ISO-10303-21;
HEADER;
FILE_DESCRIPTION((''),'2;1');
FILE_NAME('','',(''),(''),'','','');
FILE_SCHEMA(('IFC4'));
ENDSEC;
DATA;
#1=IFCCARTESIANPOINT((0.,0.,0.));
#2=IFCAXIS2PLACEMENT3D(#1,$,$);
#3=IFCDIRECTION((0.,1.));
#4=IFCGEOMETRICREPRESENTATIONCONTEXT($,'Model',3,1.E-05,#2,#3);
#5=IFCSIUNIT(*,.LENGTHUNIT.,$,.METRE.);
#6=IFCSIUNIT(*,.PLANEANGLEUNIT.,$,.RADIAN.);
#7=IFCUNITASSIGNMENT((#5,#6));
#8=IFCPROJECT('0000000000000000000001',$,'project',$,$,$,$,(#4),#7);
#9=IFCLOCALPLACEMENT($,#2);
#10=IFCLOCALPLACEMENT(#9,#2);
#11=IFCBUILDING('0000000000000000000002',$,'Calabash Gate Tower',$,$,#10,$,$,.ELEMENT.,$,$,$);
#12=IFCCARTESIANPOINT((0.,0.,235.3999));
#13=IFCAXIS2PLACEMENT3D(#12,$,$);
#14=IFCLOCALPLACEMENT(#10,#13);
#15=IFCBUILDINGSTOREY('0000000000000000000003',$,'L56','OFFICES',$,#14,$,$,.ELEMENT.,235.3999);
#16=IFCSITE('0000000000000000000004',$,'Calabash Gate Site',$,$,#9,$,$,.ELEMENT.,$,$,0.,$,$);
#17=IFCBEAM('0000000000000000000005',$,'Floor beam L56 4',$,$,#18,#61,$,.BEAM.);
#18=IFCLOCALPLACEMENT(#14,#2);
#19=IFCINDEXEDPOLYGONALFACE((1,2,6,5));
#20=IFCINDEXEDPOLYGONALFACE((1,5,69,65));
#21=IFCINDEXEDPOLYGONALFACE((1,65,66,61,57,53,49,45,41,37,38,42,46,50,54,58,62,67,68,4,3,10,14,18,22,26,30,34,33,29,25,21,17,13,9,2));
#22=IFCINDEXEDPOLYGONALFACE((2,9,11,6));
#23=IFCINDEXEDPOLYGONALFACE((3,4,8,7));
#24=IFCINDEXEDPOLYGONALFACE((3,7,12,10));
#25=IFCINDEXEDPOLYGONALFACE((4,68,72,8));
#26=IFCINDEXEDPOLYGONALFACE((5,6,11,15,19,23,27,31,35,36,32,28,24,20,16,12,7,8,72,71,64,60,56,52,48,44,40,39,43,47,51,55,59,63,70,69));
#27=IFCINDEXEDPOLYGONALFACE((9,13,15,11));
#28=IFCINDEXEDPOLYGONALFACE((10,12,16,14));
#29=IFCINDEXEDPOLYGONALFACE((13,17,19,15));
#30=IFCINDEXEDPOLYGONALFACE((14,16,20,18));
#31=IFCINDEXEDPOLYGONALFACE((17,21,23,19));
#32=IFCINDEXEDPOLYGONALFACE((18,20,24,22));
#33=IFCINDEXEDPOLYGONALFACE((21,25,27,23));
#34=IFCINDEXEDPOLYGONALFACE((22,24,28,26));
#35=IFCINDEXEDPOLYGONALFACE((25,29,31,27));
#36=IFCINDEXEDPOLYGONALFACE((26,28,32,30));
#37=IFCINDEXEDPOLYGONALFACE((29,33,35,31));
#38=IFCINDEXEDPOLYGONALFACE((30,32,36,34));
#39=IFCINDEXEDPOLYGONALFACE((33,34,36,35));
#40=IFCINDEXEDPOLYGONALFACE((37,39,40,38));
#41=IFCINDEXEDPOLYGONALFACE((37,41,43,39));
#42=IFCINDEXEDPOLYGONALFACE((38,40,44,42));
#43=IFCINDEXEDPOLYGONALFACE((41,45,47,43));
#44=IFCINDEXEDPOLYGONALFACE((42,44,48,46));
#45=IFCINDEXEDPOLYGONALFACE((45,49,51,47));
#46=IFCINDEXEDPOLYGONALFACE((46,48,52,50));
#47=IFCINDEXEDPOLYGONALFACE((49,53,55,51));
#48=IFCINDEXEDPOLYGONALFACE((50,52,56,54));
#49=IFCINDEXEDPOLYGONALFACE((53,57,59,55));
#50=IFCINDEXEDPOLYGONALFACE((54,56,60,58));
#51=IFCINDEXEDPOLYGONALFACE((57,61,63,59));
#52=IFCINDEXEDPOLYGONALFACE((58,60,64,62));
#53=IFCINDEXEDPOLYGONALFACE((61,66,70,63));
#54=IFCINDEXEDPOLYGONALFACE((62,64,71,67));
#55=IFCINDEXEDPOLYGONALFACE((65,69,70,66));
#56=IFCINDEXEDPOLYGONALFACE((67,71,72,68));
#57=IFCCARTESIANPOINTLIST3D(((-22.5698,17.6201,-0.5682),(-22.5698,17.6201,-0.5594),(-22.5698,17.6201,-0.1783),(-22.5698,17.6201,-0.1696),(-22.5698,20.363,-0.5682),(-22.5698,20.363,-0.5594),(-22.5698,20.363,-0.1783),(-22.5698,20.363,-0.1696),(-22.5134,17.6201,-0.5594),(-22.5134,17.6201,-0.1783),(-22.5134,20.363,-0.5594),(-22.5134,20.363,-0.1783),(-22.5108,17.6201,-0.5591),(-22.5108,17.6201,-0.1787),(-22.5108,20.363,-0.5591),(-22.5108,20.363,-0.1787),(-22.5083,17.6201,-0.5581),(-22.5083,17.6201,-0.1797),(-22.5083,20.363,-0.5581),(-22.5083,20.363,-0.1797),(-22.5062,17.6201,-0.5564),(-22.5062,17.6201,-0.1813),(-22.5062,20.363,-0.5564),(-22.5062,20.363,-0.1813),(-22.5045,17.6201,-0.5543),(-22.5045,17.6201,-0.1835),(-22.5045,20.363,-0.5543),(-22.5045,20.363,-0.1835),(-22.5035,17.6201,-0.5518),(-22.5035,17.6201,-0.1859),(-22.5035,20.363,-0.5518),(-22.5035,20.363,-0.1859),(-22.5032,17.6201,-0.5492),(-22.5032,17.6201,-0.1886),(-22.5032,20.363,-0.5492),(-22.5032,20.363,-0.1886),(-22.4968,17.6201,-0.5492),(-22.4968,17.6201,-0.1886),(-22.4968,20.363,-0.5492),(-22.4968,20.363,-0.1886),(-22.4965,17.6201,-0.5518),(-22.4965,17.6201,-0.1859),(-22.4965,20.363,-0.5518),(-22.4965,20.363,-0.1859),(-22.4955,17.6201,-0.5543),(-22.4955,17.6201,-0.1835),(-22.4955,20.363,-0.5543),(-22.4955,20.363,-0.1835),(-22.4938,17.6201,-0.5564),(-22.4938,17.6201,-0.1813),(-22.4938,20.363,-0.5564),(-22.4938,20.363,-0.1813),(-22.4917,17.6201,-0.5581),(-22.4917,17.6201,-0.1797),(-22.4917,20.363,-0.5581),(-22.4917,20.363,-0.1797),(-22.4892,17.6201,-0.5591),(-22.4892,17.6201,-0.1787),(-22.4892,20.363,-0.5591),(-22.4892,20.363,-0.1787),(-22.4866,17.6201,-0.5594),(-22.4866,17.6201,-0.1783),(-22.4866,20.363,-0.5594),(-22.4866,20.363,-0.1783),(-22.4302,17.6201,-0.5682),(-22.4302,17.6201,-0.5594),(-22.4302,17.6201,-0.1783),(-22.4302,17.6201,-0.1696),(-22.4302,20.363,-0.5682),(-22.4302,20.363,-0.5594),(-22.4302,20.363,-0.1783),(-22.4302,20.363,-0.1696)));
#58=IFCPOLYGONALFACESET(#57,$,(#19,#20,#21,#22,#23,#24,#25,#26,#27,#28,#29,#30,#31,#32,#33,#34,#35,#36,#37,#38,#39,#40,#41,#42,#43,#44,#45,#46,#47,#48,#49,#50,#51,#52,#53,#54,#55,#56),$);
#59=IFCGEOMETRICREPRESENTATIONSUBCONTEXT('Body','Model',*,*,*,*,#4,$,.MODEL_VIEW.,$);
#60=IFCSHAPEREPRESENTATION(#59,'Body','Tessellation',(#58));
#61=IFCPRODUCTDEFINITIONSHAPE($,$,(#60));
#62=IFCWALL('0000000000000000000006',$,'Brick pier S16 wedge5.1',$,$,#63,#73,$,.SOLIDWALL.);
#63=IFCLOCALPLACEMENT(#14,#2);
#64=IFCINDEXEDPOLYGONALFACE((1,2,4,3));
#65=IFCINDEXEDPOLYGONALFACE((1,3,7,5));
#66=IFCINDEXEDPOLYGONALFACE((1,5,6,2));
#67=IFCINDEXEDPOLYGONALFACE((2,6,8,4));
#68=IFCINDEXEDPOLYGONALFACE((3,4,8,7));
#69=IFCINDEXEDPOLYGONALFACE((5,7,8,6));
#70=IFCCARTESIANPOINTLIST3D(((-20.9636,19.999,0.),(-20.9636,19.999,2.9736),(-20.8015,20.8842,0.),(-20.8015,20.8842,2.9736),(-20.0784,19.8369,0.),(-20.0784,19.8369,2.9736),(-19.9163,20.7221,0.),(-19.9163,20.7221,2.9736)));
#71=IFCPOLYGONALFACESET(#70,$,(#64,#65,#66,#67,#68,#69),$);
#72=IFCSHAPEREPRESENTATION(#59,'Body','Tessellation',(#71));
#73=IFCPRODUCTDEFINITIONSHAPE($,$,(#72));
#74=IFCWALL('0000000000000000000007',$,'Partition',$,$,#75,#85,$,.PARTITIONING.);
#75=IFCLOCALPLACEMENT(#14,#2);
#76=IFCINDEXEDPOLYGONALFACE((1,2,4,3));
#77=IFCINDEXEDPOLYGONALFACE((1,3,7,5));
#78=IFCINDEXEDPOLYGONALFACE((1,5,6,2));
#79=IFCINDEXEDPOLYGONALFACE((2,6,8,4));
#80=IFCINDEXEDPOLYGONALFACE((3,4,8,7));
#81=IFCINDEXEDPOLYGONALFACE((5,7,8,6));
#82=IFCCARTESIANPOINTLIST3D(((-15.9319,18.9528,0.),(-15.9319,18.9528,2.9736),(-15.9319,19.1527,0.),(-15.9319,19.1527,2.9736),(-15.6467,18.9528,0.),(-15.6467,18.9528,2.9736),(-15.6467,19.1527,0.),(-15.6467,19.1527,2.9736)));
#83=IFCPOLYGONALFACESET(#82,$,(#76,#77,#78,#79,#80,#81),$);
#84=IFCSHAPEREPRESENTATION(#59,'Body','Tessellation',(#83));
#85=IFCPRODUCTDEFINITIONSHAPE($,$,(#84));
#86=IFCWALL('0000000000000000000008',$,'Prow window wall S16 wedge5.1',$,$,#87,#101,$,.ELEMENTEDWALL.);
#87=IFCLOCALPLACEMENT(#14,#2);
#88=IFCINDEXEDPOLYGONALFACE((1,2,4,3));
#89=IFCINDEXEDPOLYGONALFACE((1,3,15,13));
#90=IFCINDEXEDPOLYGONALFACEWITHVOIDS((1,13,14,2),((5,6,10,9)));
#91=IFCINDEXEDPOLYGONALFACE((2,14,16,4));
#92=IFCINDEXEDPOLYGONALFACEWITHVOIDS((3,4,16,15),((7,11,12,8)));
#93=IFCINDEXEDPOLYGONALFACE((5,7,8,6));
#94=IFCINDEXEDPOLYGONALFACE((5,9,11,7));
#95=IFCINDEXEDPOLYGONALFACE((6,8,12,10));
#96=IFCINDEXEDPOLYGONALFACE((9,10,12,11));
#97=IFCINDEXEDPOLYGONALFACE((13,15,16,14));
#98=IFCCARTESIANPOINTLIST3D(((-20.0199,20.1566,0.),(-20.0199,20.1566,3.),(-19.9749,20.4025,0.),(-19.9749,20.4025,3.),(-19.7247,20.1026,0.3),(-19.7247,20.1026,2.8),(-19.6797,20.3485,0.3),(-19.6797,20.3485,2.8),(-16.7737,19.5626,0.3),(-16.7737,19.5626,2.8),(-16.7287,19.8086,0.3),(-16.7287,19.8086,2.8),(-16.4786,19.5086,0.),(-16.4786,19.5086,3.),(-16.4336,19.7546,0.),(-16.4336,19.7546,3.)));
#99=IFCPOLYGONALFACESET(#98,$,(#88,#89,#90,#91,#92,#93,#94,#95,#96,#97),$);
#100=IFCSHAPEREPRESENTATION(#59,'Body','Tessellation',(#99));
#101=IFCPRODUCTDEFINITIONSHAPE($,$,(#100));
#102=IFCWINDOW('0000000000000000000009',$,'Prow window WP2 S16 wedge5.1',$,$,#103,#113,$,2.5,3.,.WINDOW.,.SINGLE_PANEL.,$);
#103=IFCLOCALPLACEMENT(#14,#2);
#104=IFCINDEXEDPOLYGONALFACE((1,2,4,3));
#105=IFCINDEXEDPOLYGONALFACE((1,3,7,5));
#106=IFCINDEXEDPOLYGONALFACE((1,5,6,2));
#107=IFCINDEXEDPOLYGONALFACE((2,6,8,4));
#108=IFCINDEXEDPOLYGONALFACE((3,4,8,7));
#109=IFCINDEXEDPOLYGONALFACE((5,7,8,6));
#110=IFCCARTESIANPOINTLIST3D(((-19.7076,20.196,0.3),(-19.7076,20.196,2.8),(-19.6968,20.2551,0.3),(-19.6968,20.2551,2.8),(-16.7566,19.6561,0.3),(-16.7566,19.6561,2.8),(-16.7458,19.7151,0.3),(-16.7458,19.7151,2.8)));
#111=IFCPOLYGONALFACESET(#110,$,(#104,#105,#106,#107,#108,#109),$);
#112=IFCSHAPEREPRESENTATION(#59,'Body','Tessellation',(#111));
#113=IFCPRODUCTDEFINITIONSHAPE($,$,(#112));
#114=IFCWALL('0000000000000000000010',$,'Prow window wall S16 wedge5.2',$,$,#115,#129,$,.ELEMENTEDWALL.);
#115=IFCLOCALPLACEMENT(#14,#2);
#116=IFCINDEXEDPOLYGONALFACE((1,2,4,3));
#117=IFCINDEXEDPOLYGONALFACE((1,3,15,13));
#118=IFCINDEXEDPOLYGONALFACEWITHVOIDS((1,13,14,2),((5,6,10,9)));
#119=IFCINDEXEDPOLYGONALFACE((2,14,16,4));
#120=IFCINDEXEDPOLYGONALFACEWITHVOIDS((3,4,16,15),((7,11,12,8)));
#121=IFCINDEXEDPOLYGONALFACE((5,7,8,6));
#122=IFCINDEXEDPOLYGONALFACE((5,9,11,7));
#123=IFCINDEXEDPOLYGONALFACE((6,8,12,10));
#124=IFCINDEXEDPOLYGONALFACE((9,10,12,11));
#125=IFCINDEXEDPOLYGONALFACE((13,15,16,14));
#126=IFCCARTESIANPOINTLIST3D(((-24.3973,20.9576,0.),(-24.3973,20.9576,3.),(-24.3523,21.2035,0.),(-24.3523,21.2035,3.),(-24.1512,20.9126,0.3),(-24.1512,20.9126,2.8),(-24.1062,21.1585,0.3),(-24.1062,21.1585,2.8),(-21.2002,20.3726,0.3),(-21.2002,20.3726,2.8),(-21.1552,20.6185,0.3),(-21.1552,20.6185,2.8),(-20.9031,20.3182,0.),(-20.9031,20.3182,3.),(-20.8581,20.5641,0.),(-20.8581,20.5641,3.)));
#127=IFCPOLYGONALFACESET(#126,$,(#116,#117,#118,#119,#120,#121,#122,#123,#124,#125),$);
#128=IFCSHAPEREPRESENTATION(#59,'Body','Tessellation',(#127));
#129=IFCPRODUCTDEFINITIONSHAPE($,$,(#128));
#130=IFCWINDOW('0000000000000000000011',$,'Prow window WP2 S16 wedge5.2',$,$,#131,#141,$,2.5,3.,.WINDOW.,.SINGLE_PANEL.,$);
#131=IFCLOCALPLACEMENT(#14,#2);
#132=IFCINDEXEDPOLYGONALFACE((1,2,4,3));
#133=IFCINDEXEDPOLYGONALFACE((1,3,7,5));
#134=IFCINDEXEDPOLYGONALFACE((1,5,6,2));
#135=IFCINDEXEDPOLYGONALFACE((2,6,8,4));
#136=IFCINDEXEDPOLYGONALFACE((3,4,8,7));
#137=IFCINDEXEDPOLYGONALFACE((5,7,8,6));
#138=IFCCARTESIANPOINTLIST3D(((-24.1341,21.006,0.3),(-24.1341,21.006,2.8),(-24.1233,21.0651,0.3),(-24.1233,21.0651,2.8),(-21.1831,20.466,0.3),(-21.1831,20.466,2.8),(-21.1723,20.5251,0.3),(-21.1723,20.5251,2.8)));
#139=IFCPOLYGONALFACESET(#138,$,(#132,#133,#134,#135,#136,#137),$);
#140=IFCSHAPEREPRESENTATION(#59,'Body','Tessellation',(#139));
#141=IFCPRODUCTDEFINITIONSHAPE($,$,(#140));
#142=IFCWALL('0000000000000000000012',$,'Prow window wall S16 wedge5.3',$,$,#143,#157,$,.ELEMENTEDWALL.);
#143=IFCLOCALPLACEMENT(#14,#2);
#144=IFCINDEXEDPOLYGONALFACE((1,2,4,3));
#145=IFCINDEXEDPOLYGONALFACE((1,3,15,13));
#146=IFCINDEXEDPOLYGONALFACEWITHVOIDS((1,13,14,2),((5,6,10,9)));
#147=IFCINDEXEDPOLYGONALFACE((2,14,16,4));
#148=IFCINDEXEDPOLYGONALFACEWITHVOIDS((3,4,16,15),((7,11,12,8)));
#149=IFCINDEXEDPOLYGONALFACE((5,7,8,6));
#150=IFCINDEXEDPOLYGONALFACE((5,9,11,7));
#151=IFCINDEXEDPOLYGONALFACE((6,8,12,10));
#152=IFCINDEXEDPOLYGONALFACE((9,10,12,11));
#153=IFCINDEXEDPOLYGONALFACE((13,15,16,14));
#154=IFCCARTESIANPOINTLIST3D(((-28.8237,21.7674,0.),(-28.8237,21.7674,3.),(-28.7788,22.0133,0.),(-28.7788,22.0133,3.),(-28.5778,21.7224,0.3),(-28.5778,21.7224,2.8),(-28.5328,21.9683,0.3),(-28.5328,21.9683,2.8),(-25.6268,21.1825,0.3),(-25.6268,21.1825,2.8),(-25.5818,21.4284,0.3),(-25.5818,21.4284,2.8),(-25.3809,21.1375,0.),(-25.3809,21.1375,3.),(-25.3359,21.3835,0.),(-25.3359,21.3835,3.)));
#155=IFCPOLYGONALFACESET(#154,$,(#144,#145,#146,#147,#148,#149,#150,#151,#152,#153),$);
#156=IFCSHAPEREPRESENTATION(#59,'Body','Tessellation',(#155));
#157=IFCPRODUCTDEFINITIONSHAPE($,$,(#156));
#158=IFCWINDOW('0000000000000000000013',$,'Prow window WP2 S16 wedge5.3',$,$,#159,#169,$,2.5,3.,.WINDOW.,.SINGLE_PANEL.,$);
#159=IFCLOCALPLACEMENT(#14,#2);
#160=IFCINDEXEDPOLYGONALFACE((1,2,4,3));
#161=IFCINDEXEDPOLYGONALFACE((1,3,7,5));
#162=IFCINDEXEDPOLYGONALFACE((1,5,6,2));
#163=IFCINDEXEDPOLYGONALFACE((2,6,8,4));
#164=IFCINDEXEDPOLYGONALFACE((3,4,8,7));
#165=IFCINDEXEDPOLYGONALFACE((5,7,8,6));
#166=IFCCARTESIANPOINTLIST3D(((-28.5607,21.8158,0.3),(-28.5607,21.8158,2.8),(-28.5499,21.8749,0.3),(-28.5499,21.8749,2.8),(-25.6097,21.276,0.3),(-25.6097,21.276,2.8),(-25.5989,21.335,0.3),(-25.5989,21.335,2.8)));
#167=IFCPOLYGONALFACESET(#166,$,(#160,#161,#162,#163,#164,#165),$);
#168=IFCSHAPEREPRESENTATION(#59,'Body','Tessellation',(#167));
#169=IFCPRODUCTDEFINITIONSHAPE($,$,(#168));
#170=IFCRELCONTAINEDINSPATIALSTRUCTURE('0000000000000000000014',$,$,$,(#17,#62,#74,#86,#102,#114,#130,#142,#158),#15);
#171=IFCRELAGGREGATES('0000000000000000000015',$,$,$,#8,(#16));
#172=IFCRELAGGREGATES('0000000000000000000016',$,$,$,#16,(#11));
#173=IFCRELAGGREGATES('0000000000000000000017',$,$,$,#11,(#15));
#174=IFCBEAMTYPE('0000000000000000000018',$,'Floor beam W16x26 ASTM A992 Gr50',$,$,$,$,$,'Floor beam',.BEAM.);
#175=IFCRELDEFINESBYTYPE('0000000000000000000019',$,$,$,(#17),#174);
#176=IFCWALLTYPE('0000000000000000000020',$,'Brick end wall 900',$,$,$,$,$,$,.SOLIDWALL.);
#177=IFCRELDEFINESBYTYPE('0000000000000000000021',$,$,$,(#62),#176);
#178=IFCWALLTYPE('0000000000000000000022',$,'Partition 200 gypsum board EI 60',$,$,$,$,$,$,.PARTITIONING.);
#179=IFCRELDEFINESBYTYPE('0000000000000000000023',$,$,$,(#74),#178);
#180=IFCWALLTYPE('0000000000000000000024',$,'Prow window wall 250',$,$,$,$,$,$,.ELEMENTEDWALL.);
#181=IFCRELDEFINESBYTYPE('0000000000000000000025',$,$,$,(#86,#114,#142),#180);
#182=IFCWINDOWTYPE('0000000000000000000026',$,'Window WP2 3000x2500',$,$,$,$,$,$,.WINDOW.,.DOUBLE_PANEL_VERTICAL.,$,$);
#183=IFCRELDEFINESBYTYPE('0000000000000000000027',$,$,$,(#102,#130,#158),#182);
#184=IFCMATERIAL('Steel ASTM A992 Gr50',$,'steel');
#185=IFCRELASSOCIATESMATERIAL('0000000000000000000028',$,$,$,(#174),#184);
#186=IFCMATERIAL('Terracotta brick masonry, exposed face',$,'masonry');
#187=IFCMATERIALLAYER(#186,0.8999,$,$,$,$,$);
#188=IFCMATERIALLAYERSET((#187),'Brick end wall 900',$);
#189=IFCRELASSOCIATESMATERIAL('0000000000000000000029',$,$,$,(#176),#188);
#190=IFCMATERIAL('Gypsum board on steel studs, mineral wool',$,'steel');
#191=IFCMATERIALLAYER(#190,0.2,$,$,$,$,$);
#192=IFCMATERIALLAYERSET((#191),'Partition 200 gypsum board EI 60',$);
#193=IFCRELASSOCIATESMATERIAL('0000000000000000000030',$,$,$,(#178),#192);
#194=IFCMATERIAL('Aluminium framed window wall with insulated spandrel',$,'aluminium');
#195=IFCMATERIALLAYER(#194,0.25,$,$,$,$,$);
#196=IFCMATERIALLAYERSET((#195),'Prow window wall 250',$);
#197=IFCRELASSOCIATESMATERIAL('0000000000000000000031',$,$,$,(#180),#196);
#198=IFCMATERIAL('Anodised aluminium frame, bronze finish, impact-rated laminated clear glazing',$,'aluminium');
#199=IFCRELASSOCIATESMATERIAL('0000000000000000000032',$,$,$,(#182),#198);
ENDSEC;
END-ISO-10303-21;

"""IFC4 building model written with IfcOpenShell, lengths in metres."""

from ifc_helpers import new_model, si_unit, direction, frame, frame_2d, origin, origin_2d, place, context, subcontext, project, spatial, rectangle, i_section, extrude, material, layer, layer_set, material_profile, profile_set, type_object, element, fill, save


model = new_model("IFC4")

# Units and contexts
model_context = context("Model", 3, precision=1e-05, world=origin(), true_north=direction((0.0, 1.0)))
body_context = subcontext(model_context, "Body", "Model", "MODEL_VIEW")
ifc_project = project(units=[si_unit("LENGTHUNIT", "METRE"), si_unit("PLANEANGLEUNIT", "RADIAN")], contexts=[model_context])

# Site, building, storey
site_placement = place(None, origin())
site = spatial("IfcSite", under=ifc_project, at=site_placement, Name="Calabash Gate Site", CompositionType="ELEMENT", RefElevation=0.0)
building_placement = place(site_placement, origin())
building = spatial("IfcBuilding", under=site, at=building_placement, Name="Calabash Gate Tower", CompositionType="ELEMENT")
storey_placement = place(building_placement, frame((0.0, 0.0, 235.3999)))
storey = spatial("IfcBuildingStorey", under=building, at=storey_placement, Name="L56", Description="OFFICES", CompositionType="ELEMENT", Elevation=235.3999)

# Beam
ifc_material_1 = material(Name="Steel ASTM A992 Gr50", Category="steel")
ifc_material_profile_1 = material_profile(ifc_material_1, i_section(OverallWidth=0.1396, OverallDepth=0.3987, WebThickness=0.0063, FlangeThickness=0.0088, FilletRadius=0.0103, at=origin_2d()))
ifc_profile_set_1 = profile_set([ifc_material_profile_1], Name="Steel ASTM A992 Gr50")
beam_type_1 = type_object("IfcBeamType", Name="Floor beam W16x26 ASTM A992 Gr50", ElementType="Floor beam", PredefinedType="BEAM", material=ifc_profile_set_1)
beam_1_placement = place(storey_placement, frame((-22.5, 17.6201, -0.3689), z_axis=(0.0, 1.0, 0.0), x_axis=(-1.0, 0.0, 0.0)))
element("IfcBeam", 1, at=beam_1_placement, inside=storey, type_object=beam_type_1, Name="Floor beam L56 4", PredefinedType="BEAM", context=body_context, shape_type="SweptSolid", body=[
    extrude(i_section(OverallWidth=0.1396, OverallDepth=0.3987, WebThickness=0.0063, FlangeThickness=0.0088, FilletRadius=0.0103, at=origin_2d()), origin(), (0.0, 0.0, 1.0), 2.7429),
])

# Walls
ifc_material_2 = material(Name="Terracotta brick masonry, exposed face", Category="masonry")
ifc_layer_1 = layer(ifc_material_2, 0.8999)
ifc_layer_set_1 = layer_set([ifc_layer_1], Name="Brick end wall 900")
wall_type_1 = type_object("IfcWallType", Name="Brick end wall 900", PredefinedType="SOLIDWALL", material=ifc_layer_set_1)
wall_1_placement = place(storey_placement, frame((-20.521, 19.918, 0.0), z_axis=(0.0, 0.0, 1.0), x_axis=(0.180127, 0.983643, 0.0)))
element("IfcWall", 2, at=wall_1_placement, inside=storey, type_object=wall_type_1, Name="Brick pier S16 wedge5.1", PredefinedType="SOLIDWALL", context=body_context, shape_type="SweptSolid", body=[
    extrude(rectangle(XDim=0.8999, YDim=0.8999, at=frame_2d((0.45, 0.0))), origin(), (0.0, 0.0, 1.0), 2.9736),
])
ifc_material_3 = material(Name="Gypsum board on steel studs, mineral wool", Category="steel")
ifc_layer_2 = layer(ifc_material_3, 0.2)
ifc_layer_set_2 = layer_set([ifc_layer_2], Name="Partition 200 gypsum board EI 60")
wall_type_2 = type_object("IfcWallType", Name="Partition 200 gypsum board EI 60", PredefinedType="PARTITIONING", material=ifc_layer_set_2)
wall_2_placement = place(storey_placement, frame((-15.9319, 19.0527, 0.0), z_axis=(0.0, 0.0, 1.0), x_axis=(1.0, 0.0, 0.0)))
element("IfcWall", 3, at=wall_2_placement, inside=storey, type_object=wall_type_2, Name="Partition", PredefinedType="PARTITIONING", context=body_context, shape_type="SweptSolid", body=[
    extrude(rectangle(XDim=0.2852, YDim=0.2, at=frame_2d((0.1426, 0.0))), origin(), (0.0, 0.0, 1.0), 2.9736),
])

# Walls, openings, windows
ifc_material_4 = material(Name="Aluminium framed window wall with insulated spandrel", Category="aluminium")
ifc_layer_3 = layer(ifc_material_4, 0.25)
ifc_layer_set_3 = layer_set([ifc_layer_3], Name="Prow window wall 250")
wall_type_3 = type_object("IfcWallType", Name="Prow window wall 250", PredefinedType="ELEMENTEDWALL", material=ifc_layer_set_3)
wall_3_placement = place(storey_placement, frame((-16.4561, 19.6316, 0.0), z_axis=(0.0, 0.0, 1.0), x_axis=(-0.98367, 0.179983, 0.0)))
wall_3 = element("IfcWall", 4, at=wall_3_placement, inside=storey, type_object=wall_type_3, Name="Prow window wall S16 wedge5.1", PredefinedType="ELEMENTEDWALL", context=body_context, shape_type="SweptSolid", body=[
    extrude(rectangle(XDim=3.6001, YDim=0.25, at=frame_2d((1.8, 0.0))), origin(), (0.0, 0.0, 1.0), 3.0),
])
opening_1_placement = place(wall_3_placement, frame((0.3, 0.0, 0.3)))
opening_1 = element("IfcOpeningElement", 5, at=opening_1_placement, cuts=wall_3, PredefinedType="OPENING", context=body_context, shape_type="SweptSolid", body=[
    extrude(rectangle(XDim=3.0, YDim=2.5, at=frame_2d((1.5, 1.25))), frame((0.0, 0.135, 0.0), z_axis=(0.0, -1.0, 0.0), x_axis=(1.0, 0.0, 0.0)), (0.0, 0.0, 1.0), 0.27),
])
ifc_material_5 = material(Name="Anodised aluminium frame, bronze finish, impact-rated laminated clear glazing", Category="aluminium")
window_type = type_object("IfcWindowType", Name="Window WP2 3000x2500", PartitioningType="DOUBLE_PANEL_VERTICAL", PredefinedType="WINDOW", material=ifc_material_5)
window_1_placement = place(opening_1_placement, origin())
window_1 = element("IfcWindow", 6, at=window_1_placement, inside=storey, type_object=window_type, Name="Prow window WP2 S16 wedge5.1", OverallHeight=2.5, OverallWidth=3.0, PartitioningType="SINGLE_PANEL", PredefinedType="WINDOW", context=body_context, shape_type="SweptSolid", body=[
    extrude(rectangle(XDim=3.0, YDim=2.5, at=frame_2d((1.5, 1.25))), frame((0.0, 0.03, 0.0), z_axis=(0.0, -1.0, 0.0), x_axis=(1.0, 0.0, 0.0)), (0.0, 0.0, 1.0), 0.0601),
])
fill(opening_1, window_1)
wall_4_placement = place(storey_placement, frame((-20.8806, 20.4412, 0.0), z_axis=(0.0, 0.0, 1.0), x_axis=(-0.983666, 0.180004, 0.0)))
wall_4 = element("IfcWall", 7, at=wall_4_placement, inside=storey, type_object=wall_type_3, Name="Prow window wall S16 wedge5.2", PredefinedType="ELEMENTEDWALL", context=body_context, shape_type="SweptSolid", body=[
    extrude(rectangle(XDim=3.5522, YDim=0.25, at=frame_2d((1.7761, 0.0))), origin(), (0.0, 0.0, 1.0), 3.0),
])
opening_2_placement = place(wall_4_placement, frame((0.302, 0.0, 0.3)))
opening_2 = element("IfcOpeningElement", 8, at=opening_2_placement, cuts=wall_4, PredefinedType="OPENING", context=body_context, shape_type="SweptSolid", body=[
    extrude(rectangle(XDim=3.0, YDim=2.5, at=frame_2d((1.5, 1.25))), frame((0.0, 0.135, 0.0), z_axis=(0.0, -1.0, 0.0), x_axis=(1.0, 0.0, 0.0)), (0.0, 0.0, 1.0), 0.27),
])
window_2_placement = place(opening_2_placement, origin())
window_2 = element("IfcWindow", 9, at=window_2_placement, inside=storey, type_object=window_type, Name="Prow window WP2 S16 wedge5.2", OverallHeight=2.5, OverallWidth=3.0, PartitioningType="SINGLE_PANEL", PredefinedType="WINDOW", context=body_context, shape_type="SweptSolid", body=[
    extrude(rectangle(XDim=3.0, YDim=2.5, at=frame_2d((1.5, 1.25))), frame((0.0, 0.03, 0.0), z_axis=(0.0, -1.0, 0.0), x_axis=(1.0, 0.0, 0.0)), (0.0, 0.0, 1.0), 0.0601),
])
fill(opening_2, window_2)
wall_5_placement = place(storey_placement, frame((-25.3584, 21.2605, 0.0), z_axis=(0.0, 0.0, 1.0), x_axis=(-0.983673, 0.179966, 0.0)))
wall_5 = element("IfcWall", 10, at=wall_5_placement, inside=storey, type_object=wall_type_3, Name="Prow window wall S16 wedge5.3", PredefinedType="ELEMENTEDWALL", context=body_context, shape_type="SweptSolid", body=[
    extrude(rectangle(XDim=3.5, YDim=0.25, at=frame_2d((1.75, 0.0))), origin(), (0.0, 0.0, 1.0), 3.0),
])
opening_3_placement = place(wall_5_placement, frame((0.25, 0.0, 0.3)))
opening_3 = element("IfcOpeningElement", 11, at=opening_3_placement, cuts=wall_5, PredefinedType="OPENING", context=body_context, shape_type="SweptSolid", body=[
    extrude(rectangle(XDim=3.0, YDim=2.5, at=frame_2d((1.5, 1.25))), frame((0.0, 0.135, 0.0), z_axis=(0.0, -1.0, 0.0), x_axis=(1.0, 0.0, 0.0)), (0.0, 0.0, 1.0), 0.27),
])
window_3_placement = place(opening_3_placement, origin())
window_3 = element("IfcWindow", 12, at=window_3_placement, inside=storey, type_object=window_type, Name="Prow window WP2 S16 wedge5.3", OverallHeight=2.5, OverallWidth=3.0, PartitioningType="SINGLE_PANEL", PredefinedType="WINDOW", context=body_context, shape_type="SweptSolid", body=[
    extrude(rectangle(XDim=3.0, YDim=2.5, at=frame_2d((1.5, 1.25))), frame((0.0, 0.03, 0.0), z_axis=(0.0, -1.0, 0.0), x_axis=(1.0, 0.0, 0.0)), (0.0, 0.0, 1.0), 0.0601),
])
fill(opening_3, window_3)

save(model, "model.ifc")
